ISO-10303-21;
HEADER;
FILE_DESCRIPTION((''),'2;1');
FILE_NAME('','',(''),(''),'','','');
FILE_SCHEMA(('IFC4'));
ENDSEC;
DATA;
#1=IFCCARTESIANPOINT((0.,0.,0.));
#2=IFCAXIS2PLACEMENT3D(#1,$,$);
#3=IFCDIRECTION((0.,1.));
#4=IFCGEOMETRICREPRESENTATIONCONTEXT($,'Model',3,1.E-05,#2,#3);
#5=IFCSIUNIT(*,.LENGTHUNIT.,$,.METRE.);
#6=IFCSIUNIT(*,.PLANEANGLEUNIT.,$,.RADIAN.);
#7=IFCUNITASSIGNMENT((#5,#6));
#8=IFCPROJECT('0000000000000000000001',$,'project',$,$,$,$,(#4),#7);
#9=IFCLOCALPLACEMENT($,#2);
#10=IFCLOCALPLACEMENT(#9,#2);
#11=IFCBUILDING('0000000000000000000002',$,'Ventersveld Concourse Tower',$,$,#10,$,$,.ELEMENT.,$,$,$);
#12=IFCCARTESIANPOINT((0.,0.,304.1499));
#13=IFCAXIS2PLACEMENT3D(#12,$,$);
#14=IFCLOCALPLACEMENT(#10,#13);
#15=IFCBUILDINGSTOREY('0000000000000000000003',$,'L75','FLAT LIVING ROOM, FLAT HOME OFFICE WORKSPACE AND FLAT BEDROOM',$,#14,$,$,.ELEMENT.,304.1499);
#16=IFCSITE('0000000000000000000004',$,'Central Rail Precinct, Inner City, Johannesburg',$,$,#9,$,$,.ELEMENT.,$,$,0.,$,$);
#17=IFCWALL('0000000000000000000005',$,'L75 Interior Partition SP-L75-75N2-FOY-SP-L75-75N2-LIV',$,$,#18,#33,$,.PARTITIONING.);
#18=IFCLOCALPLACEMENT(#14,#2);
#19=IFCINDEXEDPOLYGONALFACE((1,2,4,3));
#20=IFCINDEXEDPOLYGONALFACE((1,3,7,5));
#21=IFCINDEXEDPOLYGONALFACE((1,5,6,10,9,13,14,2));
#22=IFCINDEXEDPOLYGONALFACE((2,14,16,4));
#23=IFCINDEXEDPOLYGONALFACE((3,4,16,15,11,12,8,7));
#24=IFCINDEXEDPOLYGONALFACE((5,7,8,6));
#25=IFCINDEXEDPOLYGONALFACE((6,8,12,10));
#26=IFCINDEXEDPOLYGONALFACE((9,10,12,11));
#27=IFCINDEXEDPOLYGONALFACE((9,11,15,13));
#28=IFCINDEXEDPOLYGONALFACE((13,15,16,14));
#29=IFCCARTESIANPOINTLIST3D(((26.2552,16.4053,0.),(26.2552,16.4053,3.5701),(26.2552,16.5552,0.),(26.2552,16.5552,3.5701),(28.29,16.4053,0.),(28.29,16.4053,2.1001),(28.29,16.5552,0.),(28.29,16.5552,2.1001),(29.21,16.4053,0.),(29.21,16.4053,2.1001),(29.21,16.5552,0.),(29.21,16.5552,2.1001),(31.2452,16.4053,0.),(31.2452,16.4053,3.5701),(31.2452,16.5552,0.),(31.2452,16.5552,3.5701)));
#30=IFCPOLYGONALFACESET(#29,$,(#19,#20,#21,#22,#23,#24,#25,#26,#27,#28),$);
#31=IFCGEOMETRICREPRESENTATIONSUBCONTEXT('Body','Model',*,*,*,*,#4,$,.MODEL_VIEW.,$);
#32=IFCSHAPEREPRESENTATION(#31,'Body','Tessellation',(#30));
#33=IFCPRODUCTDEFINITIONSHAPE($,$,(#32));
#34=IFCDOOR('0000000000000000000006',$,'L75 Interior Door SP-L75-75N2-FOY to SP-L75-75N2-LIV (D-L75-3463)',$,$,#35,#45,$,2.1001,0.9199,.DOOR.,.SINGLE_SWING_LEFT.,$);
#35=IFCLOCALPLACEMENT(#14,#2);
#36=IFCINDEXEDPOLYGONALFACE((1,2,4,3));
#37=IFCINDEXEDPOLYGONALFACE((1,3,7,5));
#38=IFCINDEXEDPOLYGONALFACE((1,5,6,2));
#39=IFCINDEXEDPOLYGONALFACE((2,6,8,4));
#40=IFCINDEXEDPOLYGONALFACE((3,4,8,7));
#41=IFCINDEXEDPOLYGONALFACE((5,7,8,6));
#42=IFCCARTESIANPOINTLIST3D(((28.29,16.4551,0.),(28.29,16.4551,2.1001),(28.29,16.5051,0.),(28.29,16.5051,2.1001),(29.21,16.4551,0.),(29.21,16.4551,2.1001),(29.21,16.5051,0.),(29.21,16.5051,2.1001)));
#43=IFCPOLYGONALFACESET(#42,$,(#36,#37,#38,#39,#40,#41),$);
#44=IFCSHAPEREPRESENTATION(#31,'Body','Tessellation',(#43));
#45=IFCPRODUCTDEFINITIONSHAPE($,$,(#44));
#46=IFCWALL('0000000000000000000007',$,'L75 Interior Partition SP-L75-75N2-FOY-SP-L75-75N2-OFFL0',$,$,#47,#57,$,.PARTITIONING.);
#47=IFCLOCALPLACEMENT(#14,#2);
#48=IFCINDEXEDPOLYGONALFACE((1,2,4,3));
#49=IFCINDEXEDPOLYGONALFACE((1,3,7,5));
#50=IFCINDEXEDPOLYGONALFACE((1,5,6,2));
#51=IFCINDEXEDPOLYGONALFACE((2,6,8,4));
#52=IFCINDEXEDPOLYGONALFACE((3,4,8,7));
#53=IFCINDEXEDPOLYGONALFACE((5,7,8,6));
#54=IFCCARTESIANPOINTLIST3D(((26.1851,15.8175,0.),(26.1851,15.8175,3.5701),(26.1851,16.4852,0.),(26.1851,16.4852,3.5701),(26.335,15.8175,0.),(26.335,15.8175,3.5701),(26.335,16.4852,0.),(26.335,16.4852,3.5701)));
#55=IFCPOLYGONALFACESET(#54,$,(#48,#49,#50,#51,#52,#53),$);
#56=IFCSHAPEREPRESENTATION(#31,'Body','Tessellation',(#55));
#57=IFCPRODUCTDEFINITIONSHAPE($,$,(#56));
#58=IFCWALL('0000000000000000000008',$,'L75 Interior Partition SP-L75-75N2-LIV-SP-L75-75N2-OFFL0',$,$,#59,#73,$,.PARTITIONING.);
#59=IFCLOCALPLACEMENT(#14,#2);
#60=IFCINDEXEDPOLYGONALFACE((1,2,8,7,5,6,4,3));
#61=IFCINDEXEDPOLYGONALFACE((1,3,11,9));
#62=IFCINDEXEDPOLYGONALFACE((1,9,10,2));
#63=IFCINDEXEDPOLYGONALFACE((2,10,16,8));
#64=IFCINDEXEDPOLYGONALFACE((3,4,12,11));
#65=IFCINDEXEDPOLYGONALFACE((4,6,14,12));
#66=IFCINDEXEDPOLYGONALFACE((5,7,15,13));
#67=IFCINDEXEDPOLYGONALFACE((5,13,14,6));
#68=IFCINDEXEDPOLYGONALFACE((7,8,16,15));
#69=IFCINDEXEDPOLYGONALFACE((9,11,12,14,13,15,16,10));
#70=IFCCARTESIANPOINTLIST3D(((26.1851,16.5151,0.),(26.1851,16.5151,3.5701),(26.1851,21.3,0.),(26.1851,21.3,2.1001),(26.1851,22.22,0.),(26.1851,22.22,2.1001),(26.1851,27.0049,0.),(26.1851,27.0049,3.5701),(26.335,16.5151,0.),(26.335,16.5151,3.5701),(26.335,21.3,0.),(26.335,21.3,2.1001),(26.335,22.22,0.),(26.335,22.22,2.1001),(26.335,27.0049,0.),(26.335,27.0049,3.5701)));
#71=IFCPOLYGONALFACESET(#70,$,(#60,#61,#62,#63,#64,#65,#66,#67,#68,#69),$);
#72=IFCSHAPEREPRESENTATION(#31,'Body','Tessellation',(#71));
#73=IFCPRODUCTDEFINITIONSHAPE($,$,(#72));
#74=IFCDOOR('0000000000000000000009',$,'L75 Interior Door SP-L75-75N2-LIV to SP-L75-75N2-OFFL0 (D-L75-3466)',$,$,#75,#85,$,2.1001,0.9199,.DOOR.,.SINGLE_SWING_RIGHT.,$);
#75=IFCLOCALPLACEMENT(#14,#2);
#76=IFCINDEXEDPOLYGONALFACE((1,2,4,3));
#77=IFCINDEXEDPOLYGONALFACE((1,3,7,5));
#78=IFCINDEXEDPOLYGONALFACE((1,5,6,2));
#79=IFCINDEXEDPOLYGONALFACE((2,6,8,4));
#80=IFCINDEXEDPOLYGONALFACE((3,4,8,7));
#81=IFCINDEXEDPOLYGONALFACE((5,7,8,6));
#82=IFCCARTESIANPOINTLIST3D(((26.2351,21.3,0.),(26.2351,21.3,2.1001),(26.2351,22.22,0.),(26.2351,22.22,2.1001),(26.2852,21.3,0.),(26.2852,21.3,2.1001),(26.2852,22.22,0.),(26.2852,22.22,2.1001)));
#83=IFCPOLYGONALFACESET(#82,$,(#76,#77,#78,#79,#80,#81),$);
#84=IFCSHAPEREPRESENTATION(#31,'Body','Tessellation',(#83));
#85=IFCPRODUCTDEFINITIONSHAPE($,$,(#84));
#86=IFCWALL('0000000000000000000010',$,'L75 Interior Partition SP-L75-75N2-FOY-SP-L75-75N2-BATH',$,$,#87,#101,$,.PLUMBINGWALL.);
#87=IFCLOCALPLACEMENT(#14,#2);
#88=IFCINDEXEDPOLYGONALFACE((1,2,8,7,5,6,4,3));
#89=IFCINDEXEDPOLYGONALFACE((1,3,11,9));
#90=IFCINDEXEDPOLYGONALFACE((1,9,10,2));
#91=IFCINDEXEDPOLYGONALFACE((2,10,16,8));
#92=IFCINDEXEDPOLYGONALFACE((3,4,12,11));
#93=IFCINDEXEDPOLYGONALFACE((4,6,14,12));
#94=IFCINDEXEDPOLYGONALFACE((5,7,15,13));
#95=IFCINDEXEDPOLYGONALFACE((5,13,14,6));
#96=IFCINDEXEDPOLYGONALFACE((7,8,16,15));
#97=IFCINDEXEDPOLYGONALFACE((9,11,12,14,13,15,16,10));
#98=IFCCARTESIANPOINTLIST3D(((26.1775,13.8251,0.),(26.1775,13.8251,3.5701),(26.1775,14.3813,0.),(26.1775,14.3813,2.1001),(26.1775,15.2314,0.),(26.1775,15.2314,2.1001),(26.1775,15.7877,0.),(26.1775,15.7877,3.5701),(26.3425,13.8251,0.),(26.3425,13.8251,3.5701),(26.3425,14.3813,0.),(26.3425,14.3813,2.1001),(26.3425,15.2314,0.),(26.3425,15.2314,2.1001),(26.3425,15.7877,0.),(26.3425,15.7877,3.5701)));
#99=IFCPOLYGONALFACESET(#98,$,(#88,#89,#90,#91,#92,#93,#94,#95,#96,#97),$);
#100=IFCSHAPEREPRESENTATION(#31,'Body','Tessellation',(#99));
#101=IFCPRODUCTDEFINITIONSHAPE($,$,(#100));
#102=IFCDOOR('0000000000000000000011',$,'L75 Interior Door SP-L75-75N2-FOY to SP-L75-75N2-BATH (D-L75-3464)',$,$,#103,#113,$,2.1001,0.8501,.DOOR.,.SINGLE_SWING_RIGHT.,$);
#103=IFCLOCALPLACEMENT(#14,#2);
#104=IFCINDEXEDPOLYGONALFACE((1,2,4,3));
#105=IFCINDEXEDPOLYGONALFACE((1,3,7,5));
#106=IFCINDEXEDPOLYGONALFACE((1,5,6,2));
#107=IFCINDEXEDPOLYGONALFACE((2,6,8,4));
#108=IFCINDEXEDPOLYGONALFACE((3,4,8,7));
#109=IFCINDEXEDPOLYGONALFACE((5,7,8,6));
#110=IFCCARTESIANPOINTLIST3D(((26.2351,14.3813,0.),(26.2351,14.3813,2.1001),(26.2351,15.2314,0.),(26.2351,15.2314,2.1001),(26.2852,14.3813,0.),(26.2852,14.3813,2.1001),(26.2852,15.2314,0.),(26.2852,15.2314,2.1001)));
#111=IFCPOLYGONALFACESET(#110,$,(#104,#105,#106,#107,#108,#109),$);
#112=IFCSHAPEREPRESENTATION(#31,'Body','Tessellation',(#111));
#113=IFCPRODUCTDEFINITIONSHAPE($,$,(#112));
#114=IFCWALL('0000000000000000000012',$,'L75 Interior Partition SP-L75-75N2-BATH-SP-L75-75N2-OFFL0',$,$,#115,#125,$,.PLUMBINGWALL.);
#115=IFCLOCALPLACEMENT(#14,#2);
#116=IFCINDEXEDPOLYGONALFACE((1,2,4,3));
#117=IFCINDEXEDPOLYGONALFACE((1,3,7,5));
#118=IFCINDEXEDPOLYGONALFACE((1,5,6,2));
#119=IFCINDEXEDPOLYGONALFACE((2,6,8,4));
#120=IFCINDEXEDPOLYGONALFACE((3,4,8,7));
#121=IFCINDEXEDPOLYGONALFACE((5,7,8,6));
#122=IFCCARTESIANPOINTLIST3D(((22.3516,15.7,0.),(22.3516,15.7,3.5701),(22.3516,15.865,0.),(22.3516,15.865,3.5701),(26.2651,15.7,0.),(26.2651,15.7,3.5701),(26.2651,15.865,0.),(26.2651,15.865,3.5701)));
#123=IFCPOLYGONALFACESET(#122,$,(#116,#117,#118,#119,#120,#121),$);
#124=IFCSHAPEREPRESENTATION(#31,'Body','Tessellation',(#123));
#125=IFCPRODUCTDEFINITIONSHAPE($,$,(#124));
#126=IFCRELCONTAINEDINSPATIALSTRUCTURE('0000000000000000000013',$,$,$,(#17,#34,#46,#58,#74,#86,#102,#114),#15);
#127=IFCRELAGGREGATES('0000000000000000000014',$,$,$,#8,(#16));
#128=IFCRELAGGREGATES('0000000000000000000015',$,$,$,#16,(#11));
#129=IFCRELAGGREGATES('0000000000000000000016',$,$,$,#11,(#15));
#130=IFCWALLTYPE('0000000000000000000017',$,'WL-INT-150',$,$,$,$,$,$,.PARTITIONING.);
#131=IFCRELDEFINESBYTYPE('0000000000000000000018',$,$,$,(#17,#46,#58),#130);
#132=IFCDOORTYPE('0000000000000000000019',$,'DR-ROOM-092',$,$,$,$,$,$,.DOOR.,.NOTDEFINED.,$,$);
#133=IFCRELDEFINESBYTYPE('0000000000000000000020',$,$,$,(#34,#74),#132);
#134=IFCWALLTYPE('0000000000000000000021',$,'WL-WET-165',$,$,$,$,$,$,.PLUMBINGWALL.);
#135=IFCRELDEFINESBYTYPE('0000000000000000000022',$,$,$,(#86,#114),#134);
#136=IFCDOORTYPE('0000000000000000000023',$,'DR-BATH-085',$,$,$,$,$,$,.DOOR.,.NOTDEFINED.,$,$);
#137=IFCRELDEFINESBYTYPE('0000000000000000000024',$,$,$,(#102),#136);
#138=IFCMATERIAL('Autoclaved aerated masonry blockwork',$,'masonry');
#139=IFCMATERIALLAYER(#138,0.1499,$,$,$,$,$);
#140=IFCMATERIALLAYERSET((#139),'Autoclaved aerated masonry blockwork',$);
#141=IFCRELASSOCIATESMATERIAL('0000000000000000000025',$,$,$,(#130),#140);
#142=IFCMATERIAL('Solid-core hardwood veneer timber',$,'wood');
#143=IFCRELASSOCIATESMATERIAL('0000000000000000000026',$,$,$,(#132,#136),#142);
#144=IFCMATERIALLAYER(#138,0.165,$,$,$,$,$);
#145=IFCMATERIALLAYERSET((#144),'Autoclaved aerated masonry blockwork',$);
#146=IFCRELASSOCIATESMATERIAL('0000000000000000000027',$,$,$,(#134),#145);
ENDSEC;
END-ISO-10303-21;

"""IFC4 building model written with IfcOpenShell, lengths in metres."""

from ifc_helpers import new_model, si_unit, direction, frame, frame_2d, origin, place, context, subcontext, project, spatial, rectangle, extrude, material, layer, layer_set, type_object, element, fill, save


model = new_model("IFC4")

# Units and contexts
model_context = context("Model", 3, precision=1e-05, world=origin(), true_north=direction((0.0, 1.0)))
body_context = subcontext(model_context, "Body", "Model", "MODEL_VIEW")
ifc_project = project(units=[si_unit("LENGTHUNIT", "METRE"), si_unit("PLANEANGLEUNIT", "RADIAN")], contexts=[model_context])

# Site, building, storey
site_placement = place(None, origin())
site = spatial("IfcSite", under=ifc_project, at=site_placement, Name="Central Rail Precinct, Inner City, Johannesburg", CompositionType="ELEMENT", RefElevation=0.0)
building_placement = place(site_placement, origin())
building = spatial("IfcBuilding", under=site, at=building_placement, Name="Ventersveld Concourse Tower", CompositionType="ELEMENT")
storey_placement = place(building_placement, frame((0.0, 0.0, 304.1499)))
storey = spatial("IfcBuildingStorey", under=building, at=storey_placement, Name="L75", Description="FLAT LIVING ROOM, FLAT HOME OFFICE WORKSPACE AND FLAT BEDROOM", CompositionType="ELEMENT", Elevation=304.1499)

# Shared definitions
ifc_material_1 = material(Name="Solid-core hardwood veneer timber", Category="wood")

# Wall, opening, door
ifc_material_2 = material(Name="Autoclaved aerated masonry blockwork", Category="masonry")
ifc_layer_1 = layer(ifc_material_2, 0.1499)
ifc_layer_set_1 = layer_set([ifc_layer_1], Name="Autoclaved aerated masonry blockwork")
wall_type_1 = type_object("IfcWallType", Name="WL-INT-150", PredefinedType="PARTITIONING", material=ifc_layer_set_1)
wall_1_placement = place(storey_placement, frame((26.2551, 16.4802, 0.0), z_axis=(0.0, 0.0, 1.0), x_axis=(1.0, 0.0, 0.0)))
wall_1 = element("IfcWall", 1, at=wall_1_placement, inside=storey, type_object=wall_type_1, Name="L75 Interior Partition SP-L75-75N2-FOY-SP-L75-75N2-LIV", PredefinedType="PARTITIONING", context=body_context, shape_type="SweptSolid", body=[
    extrude(rectangle(XDim=4.99, YDim=0.1499, at=frame_2d((2.4951, 0.0))), origin(), (0.0, 0.0, 1.0), 3.5701),
])
opening_1_placement = place(wall_1_placement, frame((2.0349, 0.0, 0.0)))
opening_1 = element("IfcOpeningElement", 2, at=opening_1_placement, cuts=wall_1, PredefinedType="OPENING", context=body_context, shape_type="SweptSolid", body=[
    extrude(rectangle(XDim=0.9199, YDim=2.1001, at=frame_2d((0.46, 1.05))), frame((0.0, 0.085, 0.0), z_axis=(0.0, -1.0, 0.0), x_axis=(1.0, 0.0, 0.0)), (0.0, 0.0, 1.0), 0.1699),
])
door_type_1 = type_object("IfcDoorType", Name="DR-ROOM-092", OperationType="NOTDEFINED", PredefinedType="DOOR", material=ifc_material_1)
door_1_placement = place(opening_1_placement, origin())
door_1 = element("IfcDoor", 3, at=door_1_placement, inside=storey, type_object=door_type_1, Name="L75 Interior Door SP-L75-75N2-FOY to SP-L75-75N2-LIV (D-L75-3463)", OperationType="SINGLE_SWING_LEFT", OverallHeight=2.1001, OverallWidth=0.9199, PredefinedType="DOOR", context=body_context, shape_type="SweptSolid", body=[
    extrude(rectangle(XDim=0.9199, YDim=2.1001, at=frame_2d((0.46, 1.05))), frame((0.0, 0.0249, 0.0), z_axis=(0.0, -1.0, 0.0), x_axis=(1.0, 0.0, 0.0)), (0.0, 0.0, 1.0), 0.05),
])
fill(opening_1, door_1)

# Wall
wall_2_placement = place(storey_placement, frame((26.26, 15.8174, 0.0), z_axis=(0.0, 0.0, 1.0), x_axis=(0.0, 1.0, 0.0)))
element("IfcWall", 4, at=wall_2_placement, inside=storey, type_object=wall_type_1, Name="L75 Interior Partition SP-L75-75N2-FOY-SP-L75-75N2-OFFL0", PredefinedType="PARTITIONING", context=body_context, shape_type="SweptSolid", body=[
    extrude(rectangle(XDim=0.6677, YDim=0.1499, at=frame_2d((0.334, 0.0))), origin(), (0.0, 0.0, 1.0), 3.5701),
])

# Walls, openings, doors
wall_3_placement = place(storey_placement, frame((26.26, 16.5151, 0.0), z_axis=(0.0, 0.0, 1.0), x_axis=(0.0, 1.0, 0.0)))
wall_3 = element("IfcWall", 5, at=wall_3_placement, inside=storey, type_object=wall_type_1, Name="L75 Interior Partition SP-L75-75N2-LIV-SP-L75-75N2-OFFL0", PredefinedType="PARTITIONING", context=body_context, shape_type="SweptSolid", body=[
    extrude(rectangle(XDim=10.4897, YDim=0.1499, at=frame_2d((5.2449, 0.0))), origin(), (0.0, 0.0, 1.0), 3.5701),
])
opening_2_placement = place(wall_3_placement, frame((4.7849, 0.0, 0.0)))
opening_2 = element("IfcOpeningElement", 6, at=opening_2_placement, cuts=wall_3, PredefinedType="OPENING", context=body_context, shape_type="SweptSolid", body=[
    extrude(rectangle(XDim=0.9199, YDim=2.1001, at=frame_2d((0.46, 1.05))), frame((0.0, 0.085, 0.0), z_axis=(0.0, -1.0, 0.0), x_axis=(1.0, 0.0, 0.0)), (0.0, 0.0, 1.0), 0.1699),
])
door_2_placement = place(opening_2_placement, origin())
door_2 = element("IfcDoor", 7, at=door_2_placement, inside=storey, type_object=door_type_1, Name="L75 Interior Door SP-L75-75N2-LIV to SP-L75-75N2-OFFL0 (D-L75-3466)", OperationType="SINGLE_SWING_RIGHT", OverallHeight=2.1001, OverallWidth=0.9199, PredefinedType="DOOR", context=body_context, shape_type="SweptSolid", body=[
    extrude(rectangle(XDim=0.9199, YDim=2.1001, at=frame_2d((0.46, 1.05))), frame((0.0, 0.0249, 0.0), z_axis=(0.0, -1.0, 0.0), x_axis=(1.0, 0.0, 0.0)), (0.0, 0.0, 1.0), 0.05),
])
fill(opening_2, door_2)
ifc_layer_2 = layer(ifc_material_2, 0.165)
ifc_layer_set_2 = layer_set([ifc_layer_2], Name="Autoclaved aerated masonry blockwork")
wall_type_2 = type_object("IfcWallType", Name="WL-WET-165", PredefinedType="PLUMBINGWALL", material=ifc_layer_set_2)
wall_4_placement = place(storey_placement, frame((26.26, 13.825, 0.0), z_axis=(0.0, 0.0, 1.0), x_axis=(0.0, 1.0, 0.0)))
wall_4 = element("IfcWall", 8, at=wall_4_placement, inside=storey, type_object=wall_type_2, Name="L75 Interior Partition SP-L75-75N2-FOY-SP-L75-75N2-BATH", PredefinedType="PLUMBINGWALL", context=body_context, shape_type="SweptSolid", body=[
    extrude(rectangle(XDim=1.9626, YDim=0.165, at=frame_2d((0.9814, 0.0))), origin(), (0.0, 0.0, 1.0), 3.5701),
])
opening_3_placement = place(wall_4_placement, frame((0.5564, 0.0, 0.0)))
opening_3 = element("IfcOpeningElement", 9, at=opening_3_placement, cuts=wall_4, PredefinedType="OPENING", context=body_context, shape_type="SweptSolid", body=[
    extrude(rectangle(XDim=0.8501, YDim=2.1001, at=frame_2d((0.425, 1.05))), frame((0.0, 0.0925, 0.0), z_axis=(0.0, -1.0, 0.0), x_axis=(1.0, 0.0, 0.0)), (0.0, 0.0, 1.0), 0.1851),
])
door_type_2 = type_object("IfcDoorType", Name="DR-BATH-085", OperationType="NOTDEFINED", PredefinedType="DOOR", material=ifc_material_1)
door_3_placement = place(opening_3_placement, origin())
door_3 = element("IfcDoor", 10, at=door_3_placement, inside=storey, type_object=door_type_2, Name="L75 Interior Door SP-L75-75N2-FOY to SP-L75-75N2-BATH (D-L75-3464)", OperationType="SINGLE_SWING_RIGHT", OverallHeight=2.1001, OverallWidth=0.8501, PredefinedType="DOOR", context=body_context, shape_type="SweptSolid", body=[
    extrude(rectangle(XDim=0.8501, YDim=2.1001, at=frame_2d((0.425, 1.05))), frame((0.0, 0.0249, 0.0), z_axis=(0.0, -1.0, 0.0), x_axis=(1.0, 0.0, 0.0)), (0.0, 0.0, 1.0), 0.05),
])
fill(opening_3, door_3)

# Wall
wall_5_placement = place(storey_placement, frame((22.3516, 15.7825, 0.0), z_axis=(0.0, 0.0, 1.0), x_axis=(1.0, 0.0, 0.0)))
element("IfcWall", 11, at=wall_5_placement, inside=storey, type_object=wall_type_2, Name="L75 Interior Partition SP-L75-75N2-BATH-SP-L75-75N2-OFFL0", PredefinedType="PLUMBINGWALL", context=body_context, shape_type="SweptSolid", body=[
    extrude(rectangle(XDim=3.9136, YDim=0.165, at=frame_2d((1.9568, 0.0))), origin(), (0.0, 0.0, 1.0), 3.5701),
])

save(model, "model.ifc")
